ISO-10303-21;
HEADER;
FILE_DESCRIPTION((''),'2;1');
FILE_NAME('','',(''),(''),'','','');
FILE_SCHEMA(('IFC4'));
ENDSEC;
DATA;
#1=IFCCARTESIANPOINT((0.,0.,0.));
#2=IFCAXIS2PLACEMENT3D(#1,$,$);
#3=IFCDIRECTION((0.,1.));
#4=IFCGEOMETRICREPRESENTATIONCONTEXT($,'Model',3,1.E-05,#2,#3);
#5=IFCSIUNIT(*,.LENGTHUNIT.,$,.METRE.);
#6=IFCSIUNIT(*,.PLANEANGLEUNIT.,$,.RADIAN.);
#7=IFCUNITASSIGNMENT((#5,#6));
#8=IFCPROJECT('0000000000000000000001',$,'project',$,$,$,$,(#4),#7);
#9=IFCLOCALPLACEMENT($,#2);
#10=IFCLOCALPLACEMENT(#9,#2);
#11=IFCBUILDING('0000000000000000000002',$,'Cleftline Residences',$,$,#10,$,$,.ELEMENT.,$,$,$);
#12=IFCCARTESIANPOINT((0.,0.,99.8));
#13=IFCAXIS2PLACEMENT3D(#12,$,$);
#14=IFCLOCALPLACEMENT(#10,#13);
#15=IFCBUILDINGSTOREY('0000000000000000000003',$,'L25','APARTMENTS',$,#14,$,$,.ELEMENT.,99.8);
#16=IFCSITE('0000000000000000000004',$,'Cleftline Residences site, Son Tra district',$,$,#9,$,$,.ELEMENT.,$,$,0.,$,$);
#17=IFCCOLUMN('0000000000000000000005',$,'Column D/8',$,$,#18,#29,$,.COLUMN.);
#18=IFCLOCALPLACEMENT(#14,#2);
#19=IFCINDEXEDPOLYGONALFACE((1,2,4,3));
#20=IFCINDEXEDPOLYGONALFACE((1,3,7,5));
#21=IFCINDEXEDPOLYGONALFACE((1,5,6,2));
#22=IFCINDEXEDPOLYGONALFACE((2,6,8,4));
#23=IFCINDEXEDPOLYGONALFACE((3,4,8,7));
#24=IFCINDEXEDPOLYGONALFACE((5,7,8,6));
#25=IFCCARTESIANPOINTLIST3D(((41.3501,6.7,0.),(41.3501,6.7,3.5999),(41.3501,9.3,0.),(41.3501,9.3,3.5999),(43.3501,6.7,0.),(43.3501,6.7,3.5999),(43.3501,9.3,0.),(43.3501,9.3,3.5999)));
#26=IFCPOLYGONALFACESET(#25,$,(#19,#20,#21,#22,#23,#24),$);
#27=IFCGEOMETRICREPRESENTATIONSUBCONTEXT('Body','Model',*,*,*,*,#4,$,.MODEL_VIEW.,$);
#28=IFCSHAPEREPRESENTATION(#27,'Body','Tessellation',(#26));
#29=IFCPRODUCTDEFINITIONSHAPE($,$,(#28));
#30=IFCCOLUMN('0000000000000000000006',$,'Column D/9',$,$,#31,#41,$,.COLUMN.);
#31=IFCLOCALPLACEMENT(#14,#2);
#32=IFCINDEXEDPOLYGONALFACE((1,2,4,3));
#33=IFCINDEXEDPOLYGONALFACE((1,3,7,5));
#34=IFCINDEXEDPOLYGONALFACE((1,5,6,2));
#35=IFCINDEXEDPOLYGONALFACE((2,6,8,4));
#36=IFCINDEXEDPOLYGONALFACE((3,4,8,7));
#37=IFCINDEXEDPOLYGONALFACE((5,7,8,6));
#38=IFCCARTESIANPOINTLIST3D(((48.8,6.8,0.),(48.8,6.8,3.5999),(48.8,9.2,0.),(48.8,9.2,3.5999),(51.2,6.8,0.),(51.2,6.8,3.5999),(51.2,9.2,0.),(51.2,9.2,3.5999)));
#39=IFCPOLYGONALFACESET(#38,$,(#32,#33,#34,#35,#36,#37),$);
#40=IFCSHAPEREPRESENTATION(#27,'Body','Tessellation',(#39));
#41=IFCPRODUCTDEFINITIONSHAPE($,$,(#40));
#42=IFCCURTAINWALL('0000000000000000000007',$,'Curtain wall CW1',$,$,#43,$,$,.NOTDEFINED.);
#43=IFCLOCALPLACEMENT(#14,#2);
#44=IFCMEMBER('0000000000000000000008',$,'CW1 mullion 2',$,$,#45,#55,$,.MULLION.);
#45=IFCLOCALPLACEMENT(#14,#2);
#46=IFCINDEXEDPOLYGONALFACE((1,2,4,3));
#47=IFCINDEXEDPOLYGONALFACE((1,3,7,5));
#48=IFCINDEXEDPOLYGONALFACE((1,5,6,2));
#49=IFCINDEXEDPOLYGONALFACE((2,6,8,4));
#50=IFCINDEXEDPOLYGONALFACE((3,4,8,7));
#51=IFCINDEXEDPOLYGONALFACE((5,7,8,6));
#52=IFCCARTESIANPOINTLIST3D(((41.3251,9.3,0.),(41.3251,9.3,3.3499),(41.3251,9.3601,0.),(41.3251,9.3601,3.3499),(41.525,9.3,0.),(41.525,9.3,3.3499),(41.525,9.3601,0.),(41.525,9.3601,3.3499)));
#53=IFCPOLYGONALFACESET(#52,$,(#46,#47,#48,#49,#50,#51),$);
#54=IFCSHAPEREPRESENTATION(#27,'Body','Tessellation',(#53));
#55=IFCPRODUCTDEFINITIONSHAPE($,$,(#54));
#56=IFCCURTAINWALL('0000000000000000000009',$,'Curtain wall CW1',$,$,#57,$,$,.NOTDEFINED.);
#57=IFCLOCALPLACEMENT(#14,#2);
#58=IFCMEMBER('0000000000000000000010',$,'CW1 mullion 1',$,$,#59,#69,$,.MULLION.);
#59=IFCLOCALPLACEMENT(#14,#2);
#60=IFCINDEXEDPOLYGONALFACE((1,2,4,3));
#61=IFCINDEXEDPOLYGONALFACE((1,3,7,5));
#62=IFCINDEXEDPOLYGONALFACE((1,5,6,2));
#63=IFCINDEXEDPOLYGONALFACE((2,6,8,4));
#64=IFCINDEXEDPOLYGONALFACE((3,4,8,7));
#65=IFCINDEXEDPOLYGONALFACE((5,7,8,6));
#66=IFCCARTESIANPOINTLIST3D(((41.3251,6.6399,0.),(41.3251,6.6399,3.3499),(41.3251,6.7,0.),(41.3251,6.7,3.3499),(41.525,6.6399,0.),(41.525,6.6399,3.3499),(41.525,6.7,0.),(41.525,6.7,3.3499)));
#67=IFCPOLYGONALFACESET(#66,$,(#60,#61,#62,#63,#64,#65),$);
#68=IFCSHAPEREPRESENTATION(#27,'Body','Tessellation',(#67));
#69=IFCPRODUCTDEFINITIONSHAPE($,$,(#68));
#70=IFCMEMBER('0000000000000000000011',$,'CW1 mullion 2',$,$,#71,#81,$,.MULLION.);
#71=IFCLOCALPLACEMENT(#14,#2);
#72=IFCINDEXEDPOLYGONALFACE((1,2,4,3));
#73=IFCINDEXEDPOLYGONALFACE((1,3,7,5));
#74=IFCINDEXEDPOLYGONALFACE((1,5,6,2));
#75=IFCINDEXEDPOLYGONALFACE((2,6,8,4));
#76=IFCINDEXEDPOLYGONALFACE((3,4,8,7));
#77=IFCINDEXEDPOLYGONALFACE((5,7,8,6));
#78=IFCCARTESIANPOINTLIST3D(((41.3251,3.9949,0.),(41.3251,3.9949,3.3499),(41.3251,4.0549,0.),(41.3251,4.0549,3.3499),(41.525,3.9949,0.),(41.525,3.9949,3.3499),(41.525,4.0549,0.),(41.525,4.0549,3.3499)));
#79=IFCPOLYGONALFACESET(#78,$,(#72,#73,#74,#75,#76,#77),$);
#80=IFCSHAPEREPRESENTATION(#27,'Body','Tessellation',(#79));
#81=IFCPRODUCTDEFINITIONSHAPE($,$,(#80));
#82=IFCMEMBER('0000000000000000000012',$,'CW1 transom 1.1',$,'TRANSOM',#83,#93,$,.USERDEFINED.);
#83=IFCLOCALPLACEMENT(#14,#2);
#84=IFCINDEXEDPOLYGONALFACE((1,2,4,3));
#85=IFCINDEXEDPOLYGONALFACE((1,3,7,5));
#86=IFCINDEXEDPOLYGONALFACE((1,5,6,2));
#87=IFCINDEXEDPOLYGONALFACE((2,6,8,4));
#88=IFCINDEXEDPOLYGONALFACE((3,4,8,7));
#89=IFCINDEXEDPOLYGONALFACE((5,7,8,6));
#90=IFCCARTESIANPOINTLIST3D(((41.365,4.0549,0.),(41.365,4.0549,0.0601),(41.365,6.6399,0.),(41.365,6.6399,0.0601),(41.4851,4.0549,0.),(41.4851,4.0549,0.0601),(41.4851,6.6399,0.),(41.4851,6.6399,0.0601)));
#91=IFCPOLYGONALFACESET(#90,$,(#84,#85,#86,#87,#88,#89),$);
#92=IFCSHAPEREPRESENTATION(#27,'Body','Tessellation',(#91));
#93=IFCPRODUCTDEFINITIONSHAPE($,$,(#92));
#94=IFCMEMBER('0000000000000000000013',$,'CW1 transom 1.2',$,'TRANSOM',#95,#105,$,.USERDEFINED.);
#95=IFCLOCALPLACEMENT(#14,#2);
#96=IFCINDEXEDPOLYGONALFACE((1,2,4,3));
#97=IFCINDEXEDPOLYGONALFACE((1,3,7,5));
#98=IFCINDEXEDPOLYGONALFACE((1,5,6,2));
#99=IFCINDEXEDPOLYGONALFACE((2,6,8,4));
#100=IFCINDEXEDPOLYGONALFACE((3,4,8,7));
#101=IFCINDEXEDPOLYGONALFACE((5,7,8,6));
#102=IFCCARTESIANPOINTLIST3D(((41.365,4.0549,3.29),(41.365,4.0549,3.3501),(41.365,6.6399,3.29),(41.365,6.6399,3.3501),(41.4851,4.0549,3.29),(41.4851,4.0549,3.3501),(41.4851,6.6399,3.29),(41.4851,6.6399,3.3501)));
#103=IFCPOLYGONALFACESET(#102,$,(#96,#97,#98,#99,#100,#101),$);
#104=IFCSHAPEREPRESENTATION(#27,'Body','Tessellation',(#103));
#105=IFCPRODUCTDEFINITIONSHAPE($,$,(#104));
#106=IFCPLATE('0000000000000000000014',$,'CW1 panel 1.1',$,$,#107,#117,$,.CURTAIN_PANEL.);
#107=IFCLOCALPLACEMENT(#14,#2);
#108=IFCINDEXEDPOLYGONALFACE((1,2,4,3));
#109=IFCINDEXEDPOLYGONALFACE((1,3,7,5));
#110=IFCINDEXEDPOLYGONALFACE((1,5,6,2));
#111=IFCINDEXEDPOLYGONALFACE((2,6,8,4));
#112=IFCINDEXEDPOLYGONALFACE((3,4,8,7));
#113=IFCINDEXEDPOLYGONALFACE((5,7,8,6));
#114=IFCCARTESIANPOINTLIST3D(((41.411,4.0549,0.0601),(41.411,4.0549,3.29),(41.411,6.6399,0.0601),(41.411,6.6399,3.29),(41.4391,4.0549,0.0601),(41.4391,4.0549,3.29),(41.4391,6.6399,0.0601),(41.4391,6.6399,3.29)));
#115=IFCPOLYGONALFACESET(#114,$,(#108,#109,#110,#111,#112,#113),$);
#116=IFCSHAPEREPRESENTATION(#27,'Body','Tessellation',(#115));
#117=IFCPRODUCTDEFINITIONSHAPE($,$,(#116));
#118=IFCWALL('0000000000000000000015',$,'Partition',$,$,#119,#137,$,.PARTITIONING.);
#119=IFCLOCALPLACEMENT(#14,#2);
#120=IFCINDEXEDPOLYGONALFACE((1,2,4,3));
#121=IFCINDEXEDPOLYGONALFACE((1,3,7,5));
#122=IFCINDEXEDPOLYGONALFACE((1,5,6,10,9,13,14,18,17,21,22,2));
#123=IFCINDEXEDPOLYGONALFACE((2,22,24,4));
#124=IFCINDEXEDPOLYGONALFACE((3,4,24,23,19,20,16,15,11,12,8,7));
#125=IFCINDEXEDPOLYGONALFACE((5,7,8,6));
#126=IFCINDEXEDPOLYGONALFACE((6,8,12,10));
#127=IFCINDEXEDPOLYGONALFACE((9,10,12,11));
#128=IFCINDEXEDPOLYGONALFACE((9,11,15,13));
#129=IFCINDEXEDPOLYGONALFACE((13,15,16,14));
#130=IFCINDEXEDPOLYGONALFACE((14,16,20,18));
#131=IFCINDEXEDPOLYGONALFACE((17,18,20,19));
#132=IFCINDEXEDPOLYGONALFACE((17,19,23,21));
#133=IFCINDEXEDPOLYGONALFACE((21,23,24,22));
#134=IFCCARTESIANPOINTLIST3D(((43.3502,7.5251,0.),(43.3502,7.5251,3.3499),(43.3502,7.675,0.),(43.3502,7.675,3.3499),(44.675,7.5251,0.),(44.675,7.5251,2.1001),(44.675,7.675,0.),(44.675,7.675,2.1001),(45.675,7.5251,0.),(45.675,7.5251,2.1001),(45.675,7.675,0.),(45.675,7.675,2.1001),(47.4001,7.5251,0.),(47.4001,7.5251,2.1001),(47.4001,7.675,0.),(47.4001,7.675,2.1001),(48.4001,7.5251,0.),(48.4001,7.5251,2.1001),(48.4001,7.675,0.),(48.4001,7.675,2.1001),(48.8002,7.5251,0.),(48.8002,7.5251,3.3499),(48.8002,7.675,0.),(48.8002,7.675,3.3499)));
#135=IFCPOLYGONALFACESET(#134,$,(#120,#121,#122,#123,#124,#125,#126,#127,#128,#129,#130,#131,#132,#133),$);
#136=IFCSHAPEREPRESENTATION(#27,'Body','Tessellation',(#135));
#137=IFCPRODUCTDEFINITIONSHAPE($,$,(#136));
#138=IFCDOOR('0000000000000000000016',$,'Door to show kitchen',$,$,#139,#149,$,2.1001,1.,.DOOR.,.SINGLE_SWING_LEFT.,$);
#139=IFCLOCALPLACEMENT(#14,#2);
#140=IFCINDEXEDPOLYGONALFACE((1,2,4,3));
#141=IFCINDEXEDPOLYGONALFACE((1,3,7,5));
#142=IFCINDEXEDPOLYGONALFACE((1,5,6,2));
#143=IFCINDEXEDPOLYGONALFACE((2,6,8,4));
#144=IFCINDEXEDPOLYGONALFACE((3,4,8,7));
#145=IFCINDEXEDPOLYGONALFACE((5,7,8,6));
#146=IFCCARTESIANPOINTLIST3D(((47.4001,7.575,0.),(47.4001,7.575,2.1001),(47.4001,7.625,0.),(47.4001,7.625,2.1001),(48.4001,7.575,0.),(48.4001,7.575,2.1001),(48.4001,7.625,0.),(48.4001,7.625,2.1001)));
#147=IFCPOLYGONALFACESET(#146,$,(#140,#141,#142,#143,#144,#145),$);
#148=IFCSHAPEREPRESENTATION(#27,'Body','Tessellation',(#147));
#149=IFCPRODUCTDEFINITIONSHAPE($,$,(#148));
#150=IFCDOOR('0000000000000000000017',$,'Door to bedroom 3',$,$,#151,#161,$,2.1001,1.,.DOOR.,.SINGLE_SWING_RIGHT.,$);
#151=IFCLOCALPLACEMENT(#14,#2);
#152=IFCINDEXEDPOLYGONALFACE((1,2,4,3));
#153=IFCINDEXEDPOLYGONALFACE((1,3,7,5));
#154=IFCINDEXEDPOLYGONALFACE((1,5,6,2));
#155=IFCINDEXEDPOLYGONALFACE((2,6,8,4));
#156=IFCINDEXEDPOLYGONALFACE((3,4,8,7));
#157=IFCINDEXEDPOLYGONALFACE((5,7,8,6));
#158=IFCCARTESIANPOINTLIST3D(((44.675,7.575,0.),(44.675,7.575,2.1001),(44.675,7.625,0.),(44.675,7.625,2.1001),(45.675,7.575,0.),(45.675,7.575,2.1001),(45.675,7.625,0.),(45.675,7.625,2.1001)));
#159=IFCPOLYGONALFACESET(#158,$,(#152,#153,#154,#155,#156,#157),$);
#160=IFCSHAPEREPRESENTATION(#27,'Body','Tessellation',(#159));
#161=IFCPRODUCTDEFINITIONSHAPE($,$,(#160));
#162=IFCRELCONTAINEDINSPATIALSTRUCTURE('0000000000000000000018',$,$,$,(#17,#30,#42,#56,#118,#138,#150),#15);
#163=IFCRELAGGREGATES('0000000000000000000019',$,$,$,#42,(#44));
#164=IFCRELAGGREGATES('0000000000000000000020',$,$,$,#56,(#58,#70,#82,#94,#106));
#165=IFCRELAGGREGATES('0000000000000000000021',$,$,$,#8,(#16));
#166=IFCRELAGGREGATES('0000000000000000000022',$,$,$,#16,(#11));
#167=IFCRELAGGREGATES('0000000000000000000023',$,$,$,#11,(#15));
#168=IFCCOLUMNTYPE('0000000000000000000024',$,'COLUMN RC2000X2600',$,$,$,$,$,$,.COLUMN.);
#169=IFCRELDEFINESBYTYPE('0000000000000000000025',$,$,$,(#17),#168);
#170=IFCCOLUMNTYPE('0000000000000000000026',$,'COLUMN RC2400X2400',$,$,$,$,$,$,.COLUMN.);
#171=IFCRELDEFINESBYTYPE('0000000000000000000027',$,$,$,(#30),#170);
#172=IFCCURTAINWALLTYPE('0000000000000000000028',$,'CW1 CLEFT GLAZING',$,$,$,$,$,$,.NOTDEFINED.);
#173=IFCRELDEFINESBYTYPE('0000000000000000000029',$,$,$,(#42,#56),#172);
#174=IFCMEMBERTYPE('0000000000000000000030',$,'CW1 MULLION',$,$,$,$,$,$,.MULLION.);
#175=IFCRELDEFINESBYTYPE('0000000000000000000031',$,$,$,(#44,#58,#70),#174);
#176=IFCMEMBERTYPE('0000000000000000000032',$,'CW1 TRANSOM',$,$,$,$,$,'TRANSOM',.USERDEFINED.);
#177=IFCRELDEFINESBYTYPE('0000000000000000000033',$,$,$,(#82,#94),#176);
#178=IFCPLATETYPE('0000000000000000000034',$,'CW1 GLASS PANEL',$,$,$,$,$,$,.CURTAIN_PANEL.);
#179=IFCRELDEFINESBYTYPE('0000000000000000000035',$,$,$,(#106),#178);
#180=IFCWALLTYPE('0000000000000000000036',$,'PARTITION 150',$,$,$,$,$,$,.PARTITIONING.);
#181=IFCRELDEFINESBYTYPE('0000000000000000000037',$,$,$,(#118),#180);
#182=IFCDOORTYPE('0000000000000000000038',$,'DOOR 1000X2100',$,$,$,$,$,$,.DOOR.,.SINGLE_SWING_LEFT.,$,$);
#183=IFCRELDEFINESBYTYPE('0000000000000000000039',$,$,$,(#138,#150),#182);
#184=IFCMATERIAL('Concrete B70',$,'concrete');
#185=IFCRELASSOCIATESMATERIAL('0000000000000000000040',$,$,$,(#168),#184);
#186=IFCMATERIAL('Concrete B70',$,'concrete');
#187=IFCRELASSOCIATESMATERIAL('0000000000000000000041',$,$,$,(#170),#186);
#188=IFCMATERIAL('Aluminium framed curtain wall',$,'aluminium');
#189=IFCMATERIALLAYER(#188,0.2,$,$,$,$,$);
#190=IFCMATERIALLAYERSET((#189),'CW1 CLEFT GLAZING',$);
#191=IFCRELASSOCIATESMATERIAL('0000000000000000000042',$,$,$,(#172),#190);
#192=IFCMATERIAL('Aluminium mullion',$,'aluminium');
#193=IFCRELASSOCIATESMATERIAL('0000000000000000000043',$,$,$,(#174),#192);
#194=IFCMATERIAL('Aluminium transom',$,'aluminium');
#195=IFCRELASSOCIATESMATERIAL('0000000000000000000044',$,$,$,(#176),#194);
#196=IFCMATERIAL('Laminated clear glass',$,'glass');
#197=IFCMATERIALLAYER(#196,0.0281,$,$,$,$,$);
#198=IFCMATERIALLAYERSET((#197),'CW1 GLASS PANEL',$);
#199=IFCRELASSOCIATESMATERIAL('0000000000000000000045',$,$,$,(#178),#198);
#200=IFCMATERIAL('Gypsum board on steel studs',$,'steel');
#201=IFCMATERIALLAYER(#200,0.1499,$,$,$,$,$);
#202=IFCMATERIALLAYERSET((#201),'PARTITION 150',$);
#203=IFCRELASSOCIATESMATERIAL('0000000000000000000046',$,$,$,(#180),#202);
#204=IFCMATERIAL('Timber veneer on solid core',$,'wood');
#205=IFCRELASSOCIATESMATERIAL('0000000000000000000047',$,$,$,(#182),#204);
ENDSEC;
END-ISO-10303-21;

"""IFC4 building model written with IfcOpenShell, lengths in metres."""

from ifc_helpers import new_model, si_unit, direction, frame, frame_2d, origin, origin_2d, place, context, subcontext, project, spatial, rectangle, extrude, material, layer, layer_set, material_profile, profile_set, type_object, element, fill, aggregate, save


model = new_model("IFC4")

# Units and contexts
model_context = context("Model", 3, precision=1e-05, world=origin(), true_north=direction((0.0, 1.0)))
body_context = subcontext(model_context, "Body", "Model", "MODEL_VIEW")
ifc_project = project(units=[si_unit("LENGTHUNIT", "METRE"), si_unit("PLANEANGLEUNIT", "RADIAN")], contexts=[model_context])

# Site, building, storey
site_placement = place(None, origin())
site = spatial("IfcSite", under=ifc_project, at=site_placement, Name="Cleftline Residences site, Son Tra district", CompositionType="ELEMENT", RefElevation=0.0)
building_placement = place(site_placement, origin())
building = spatial("IfcBuilding", under=site, at=building_placement, Name="Cleftline Residences", CompositionType="ELEMENT")
storey_placement = place(building_placement, frame((0.0, 0.0, 99.8)))
storey = spatial("IfcBuildingStorey", under=building, at=storey_placement, Name="L25", Description="APARTMENTS", CompositionType="ELEMENT", Elevation=99.8)

# Columns
ifc_material_1 = material(Name="Concrete B70", Category="concrete")
ifc_material_profile_1 = material_profile(ifc_material_1, rectangle(XDim=2.0, YDim=2.6001, at=origin_2d()))
ifc_profile_set_1 = profile_set([ifc_material_profile_1], Name="Concrete B70")
column_type_1 = type_object("IfcColumnType", Name="COLUMN RC2000X2600", PredefinedType="COLUMN", material=ifc_profile_set_1)
column_1_placement = place(storey_placement, frame((42.3501, 8.0, 0.0), z_axis=(0.0, 0.0, 1.0), x_axis=(1.0, 0.0, 0.0)))
element("IfcColumn", 1, at=column_1_placement, inside=storey, type_object=column_type_1, Name="Column D/8", PredefinedType="COLUMN", context=body_context, shape_type="SweptSolid", body=[
    extrude(rectangle(XDim=2.0, YDim=2.6001, at=origin_2d()), origin(), (0.0, 0.0, 1.0), 3.5999),
])
ifc_material_2 = material(Name="Concrete B70", Category="concrete")
ifc_material_profile_2 = material_profile(ifc_material_2, rectangle(XDim=2.3999, YDim=2.3999, at=origin_2d()))
ifc_profile_set_2 = profile_set([ifc_material_profile_2], Name="Concrete B70")
column_type_2 = type_object("IfcColumnType", Name="COLUMN RC2400X2400", PredefinedType="COLUMN", material=ifc_profile_set_2)
column_2_placement = place(storey_placement, frame((50.0, 8.0, 0.0), z_axis=(0.0, 0.0, 1.0), x_axis=(1.0, 0.0, 0.0)))
element("IfcColumn", 2, at=column_2_placement, inside=storey, type_object=column_type_2, Name="Column D/9", PredefinedType="COLUMN", context=body_context, shape_type="SweptSolid", body=[
    extrude(rectangle(XDim=2.3999, YDim=2.3999, at=origin_2d()), origin(), (0.0, 0.0, 1.0), 3.5999),
])

# Curtain wall, member
ifc_material_3 = material(Name="Aluminium framed curtain wall", Category="aluminium")
ifc_layer_1 = layer(ifc_material_3, 0.2)
ifc_layer_set_1 = layer_set([ifc_layer_1], Name="CW1 CLEFT GLAZING")
curtain_wall_type = type_object("IfcCurtainWallType", Name="CW1 CLEFT GLAZING", PredefinedType="NOTDEFINED", material=ifc_layer_set_1)
curtain_wall_1_placement = place(storey_placement, origin())
curtain_wall_1 = element("IfcCurtainWall", 3, at=curtain_wall_1_placement, inside=storey, type_object=curtain_wall_type, Name="Curtain wall CW1", PredefinedType="NOTDEFINED")
ifc_material_4 = material(Name="Aluminium mullion", Category="aluminium")
ifc_material_profile_3 = material_profile(ifc_material_4, rectangle(XDim=0.2, YDim=0.0601, at=origin_2d()))
ifc_profile_set_3 = profile_set([ifc_material_profile_3], Name="Aluminium mullion")
member_type_1 = type_object("IfcMemberType", Name="CW1 MULLION", PredefinedType="MULLION", material=ifc_profile_set_3)
member_1_placement = place(storey_placement, frame((41.425, 9.3301, 0.0), z_axis=(0.0, 0.0, 1.0), x_axis=(1.0, 0.0, 0.0)))
member_1 = element("IfcMember", 4, at=member_1_placement, type_object=member_type_1, Name="CW1 mullion 2", PredefinedType="MULLION", context=body_context, shape_type="SweptSolid", body=[
    extrude(rectangle(XDim=0.2, YDim=0.0601, at=origin_2d()), origin(), (0.0, 0.0, 1.0), 3.3499),
])
aggregate(curtain_wall_1, [member_1])

# Curtain wall, members, plate
curtain_wall_2_placement = place(storey_placement, origin())
curtain_wall_2 = element("IfcCurtainWall", 5, at=curtain_wall_2_placement, inside=storey, type_object=curtain_wall_type, Name="Curtain wall CW1", PredefinedType="NOTDEFINED")
member_2_placement = place(storey_placement, frame((41.425, 6.6699, 0.0), z_axis=(0.0, 0.0, 1.0), x_axis=(1.0, 0.0, 0.0)))
member_2 = element("IfcMember", 6, at=member_2_placement, type_object=member_type_1, Name="CW1 mullion 1", PredefinedType="MULLION", context=body_context, shape_type="SweptSolid", body=[
    extrude(rectangle(XDim=0.2, YDim=0.0601, at=origin_2d()), origin(), (0.0, 0.0, 1.0), 3.3499),
])
member_3_placement = place(storey_placement, frame((41.425, 4.0249, 0.0), z_axis=(0.0, 0.0, 1.0), x_axis=(1.0, 0.0, 0.0)))
member_3 = element("IfcMember", 7, at=member_3_placement, type_object=member_type_1, Name="CW1 mullion 2", PredefinedType="MULLION", context=body_context, shape_type="SweptSolid", body=[
    extrude(rectangle(XDim=0.2, YDim=0.0601, at=origin_2d()), origin(), (0.0, 0.0, 1.0), 3.3499),
])
ifc_material_5 = material(Name="Aluminium transom", Category="aluminium")
ifc_material_profile_4 = material_profile(ifc_material_5, rectangle(XDim=0.1201, YDim=0.0601, at=origin_2d()))
ifc_profile_set_4 = profile_set([ifc_material_profile_4], Name="Aluminium transom")
member_type_2 = type_object("IfcMemberType", Name="CW1 TRANSOM", ElementType="TRANSOM", PredefinedType="USERDEFINED", material=ifc_profile_set_4)
member_4_placement = place(storey_placement, frame((41.425, 6.6399, 0.03), z_axis=(0.0, -1.0, 0.0), x_axis=(1.0, 0.0, 0.0)))
member_4 = element("IfcMember", 8, at=member_4_placement, type_object=member_type_2, Name="CW1 transom 1.1", ObjectType="TRANSOM", PredefinedType="USERDEFINED", context=body_context, shape_type="SweptSolid", body=[
    extrude(rectangle(XDim=0.1201, YDim=0.0601, at=origin_2d()), origin(), (0.0, 0.0, 1.0), 2.585),
])
member_5_placement = place(storey_placement, frame((41.425, 6.6399, 3.3201), z_axis=(0.0, -1.0, 0.0), x_axis=(1.0, 0.0, 0.0)))
member_5 = element("IfcMember", 9, at=member_5_placement, type_object=member_type_2, Name="CW1 transom 1.2", ObjectType="TRANSOM", PredefinedType="USERDEFINED", context=body_context, shape_type="SweptSolid", body=[
    extrude(rectangle(XDim=0.1201, YDim=0.0601, at=origin_2d()), origin(), (0.0, 0.0, 1.0), 2.585),
])
ifc_material_6 = material(Name="Laminated clear glass", Category="glass")
ifc_layer_2 = layer(ifc_material_6, 0.0281)
ifc_layer_set_2 = layer_set([ifc_layer_2], Name="CW1 GLASS PANEL")
plate_type = type_object("IfcPlateType", Name="CW1 GLASS PANEL", PredefinedType="CURTAIN_PANEL", material=ifc_layer_set_2)
plate_placement = place(storey_placement, frame((41.425, 5.3474, 0.0601), z_axis=(0.0, 0.0, 1.0), x_axis=(0.0, -1.0, 0.0)))
plate = element("IfcPlate", 10, at=plate_placement, type_object=plate_type, Name="CW1 panel 1.1", PredefinedType="CURTAIN_PANEL", context=body_context, shape_type="SweptSolid", body=[
    extrude(rectangle(XDim=2.585, YDim=0.0281, at=origin_2d()), origin(), (0.0, 0.0, 1.0), 3.23),
])
aggregate(curtain_wall_2, [member_2, member_3, member_4, member_5, plate])

# Wall, openings, doors
ifc_material_7 = material(Name="Gypsum board on steel studs", Category="steel")
ifc_layer_3 = layer(ifc_material_7, 0.1499)
ifc_layer_set_3 = layer_set([ifc_layer_3], Name="PARTITION 150")
wall_type = type_object("IfcWallType", Name="PARTITION 150", PredefinedType="PARTITIONING", material=ifc_layer_set_3)
wall_1_placement = place(storey_placement, frame((43.3501, 7.6001, 0.0), z_axis=(0.0, 0.0, 1.0), x_axis=(1.0, 0.0, 0.0)))
wall_1 = element("IfcWall", 11, at=wall_1_placement, inside=storey, type_object=wall_type, Name="Partition", PredefinedType="PARTITIONING", context=body_context, shape_type="SweptSolid", body=[
    extrude(rectangle(XDim=5.45, YDim=0.1499, at=frame_2d((2.7251, 0.0))), origin(), (0.0, 0.0, 1.0), 3.3499),
])
opening_1_placement = place(wall_1_placement, frame((4.05, 0.0, 0.0)))
opening_1 = element("IfcOpeningElement", 12, at=opening_1_placement, cuts=wall_1, PredefinedType="OPENING", context=body_context, shape_type="SweptSolid", body=[
    extrude(rectangle(XDim=1.0, YDim=2.1001, at=frame_2d((0.5, 1.05))), frame((0.0, 0.085, 0.0), z_axis=(0.0, -1.0, 0.0), x_axis=(1.0, 0.0, 0.0)), (0.0, 0.0, 1.0), 0.1699),
])
opening_2_placement = place(wall_1_placement, frame((1.325, 0.0, 0.0)))
opening_2 = element("IfcOpeningElement", 13, at=opening_2_placement, cuts=wall_1, PredefinedType="OPENING", context=body_context, shape_type="SweptSolid", body=[
    extrude(rectangle(XDim=1.0, YDim=2.1001, at=frame_2d((0.5, 1.05))), frame((0.0, 0.085, 0.0), z_axis=(0.0, -1.0, 0.0), x_axis=(1.0, 0.0, 0.0)), (0.0, 0.0, 1.0), 0.1699),
])
ifc_material_8 = material(Name="Timber veneer on solid core", Category="wood")
door_type_1 = type_object("IfcDoorType", Name="DOOR 1000X2100", OperationType="SINGLE_SWING_LEFT", PredefinedType="DOOR", material=ifc_material_8)
door_1_placement = place(opening_1_placement, origin())
door_1 = element("IfcDoor", 14, at=door_1_placement, inside=storey, type_object=door_type_1, Name="Door to show kitchen", OperationType="SINGLE_SWING_LEFT", OverallHeight=2.1001, OverallWidth=1.0, PredefinedType="DOOR", context=body_context, shape_type="SweptSolid", body=[
    extrude(rectangle(XDim=1.0, YDim=2.1001, at=frame_2d((0.5, 1.05))), frame((0.0, 0.0249, 0.0), z_axis=(0.0, -1.0, 0.0), x_axis=(1.0, 0.0, 0.0)), (0.0, 0.0, 1.0), 0.05),
])
fill(opening_1, door_1)
door_2_placement = place(opening_2_placement, origin())
door_2 = element("IfcDoor", 15, at=door_2_placement, inside=storey, type_object=door_type_1, Name="Door to bedroom 3", OperationType="SINGLE_SWING_RIGHT", OverallHeight=2.1001, OverallWidth=1.0, PredefinedType="DOOR", context=body_context, shape_type="SweptSolid", body=[
    extrude(rectangle(XDim=1.0, YDim=2.1001, at=frame_2d((0.5, 1.05))), frame((0.0, 0.0249, 0.0), z_axis=(0.0, -1.0, 0.0), x_axis=(1.0, 0.0, 0.0)), (0.0, 0.0, 1.0), 0.05),
])
fill(opening_2, door_2)

save(model, "model.ifc")
